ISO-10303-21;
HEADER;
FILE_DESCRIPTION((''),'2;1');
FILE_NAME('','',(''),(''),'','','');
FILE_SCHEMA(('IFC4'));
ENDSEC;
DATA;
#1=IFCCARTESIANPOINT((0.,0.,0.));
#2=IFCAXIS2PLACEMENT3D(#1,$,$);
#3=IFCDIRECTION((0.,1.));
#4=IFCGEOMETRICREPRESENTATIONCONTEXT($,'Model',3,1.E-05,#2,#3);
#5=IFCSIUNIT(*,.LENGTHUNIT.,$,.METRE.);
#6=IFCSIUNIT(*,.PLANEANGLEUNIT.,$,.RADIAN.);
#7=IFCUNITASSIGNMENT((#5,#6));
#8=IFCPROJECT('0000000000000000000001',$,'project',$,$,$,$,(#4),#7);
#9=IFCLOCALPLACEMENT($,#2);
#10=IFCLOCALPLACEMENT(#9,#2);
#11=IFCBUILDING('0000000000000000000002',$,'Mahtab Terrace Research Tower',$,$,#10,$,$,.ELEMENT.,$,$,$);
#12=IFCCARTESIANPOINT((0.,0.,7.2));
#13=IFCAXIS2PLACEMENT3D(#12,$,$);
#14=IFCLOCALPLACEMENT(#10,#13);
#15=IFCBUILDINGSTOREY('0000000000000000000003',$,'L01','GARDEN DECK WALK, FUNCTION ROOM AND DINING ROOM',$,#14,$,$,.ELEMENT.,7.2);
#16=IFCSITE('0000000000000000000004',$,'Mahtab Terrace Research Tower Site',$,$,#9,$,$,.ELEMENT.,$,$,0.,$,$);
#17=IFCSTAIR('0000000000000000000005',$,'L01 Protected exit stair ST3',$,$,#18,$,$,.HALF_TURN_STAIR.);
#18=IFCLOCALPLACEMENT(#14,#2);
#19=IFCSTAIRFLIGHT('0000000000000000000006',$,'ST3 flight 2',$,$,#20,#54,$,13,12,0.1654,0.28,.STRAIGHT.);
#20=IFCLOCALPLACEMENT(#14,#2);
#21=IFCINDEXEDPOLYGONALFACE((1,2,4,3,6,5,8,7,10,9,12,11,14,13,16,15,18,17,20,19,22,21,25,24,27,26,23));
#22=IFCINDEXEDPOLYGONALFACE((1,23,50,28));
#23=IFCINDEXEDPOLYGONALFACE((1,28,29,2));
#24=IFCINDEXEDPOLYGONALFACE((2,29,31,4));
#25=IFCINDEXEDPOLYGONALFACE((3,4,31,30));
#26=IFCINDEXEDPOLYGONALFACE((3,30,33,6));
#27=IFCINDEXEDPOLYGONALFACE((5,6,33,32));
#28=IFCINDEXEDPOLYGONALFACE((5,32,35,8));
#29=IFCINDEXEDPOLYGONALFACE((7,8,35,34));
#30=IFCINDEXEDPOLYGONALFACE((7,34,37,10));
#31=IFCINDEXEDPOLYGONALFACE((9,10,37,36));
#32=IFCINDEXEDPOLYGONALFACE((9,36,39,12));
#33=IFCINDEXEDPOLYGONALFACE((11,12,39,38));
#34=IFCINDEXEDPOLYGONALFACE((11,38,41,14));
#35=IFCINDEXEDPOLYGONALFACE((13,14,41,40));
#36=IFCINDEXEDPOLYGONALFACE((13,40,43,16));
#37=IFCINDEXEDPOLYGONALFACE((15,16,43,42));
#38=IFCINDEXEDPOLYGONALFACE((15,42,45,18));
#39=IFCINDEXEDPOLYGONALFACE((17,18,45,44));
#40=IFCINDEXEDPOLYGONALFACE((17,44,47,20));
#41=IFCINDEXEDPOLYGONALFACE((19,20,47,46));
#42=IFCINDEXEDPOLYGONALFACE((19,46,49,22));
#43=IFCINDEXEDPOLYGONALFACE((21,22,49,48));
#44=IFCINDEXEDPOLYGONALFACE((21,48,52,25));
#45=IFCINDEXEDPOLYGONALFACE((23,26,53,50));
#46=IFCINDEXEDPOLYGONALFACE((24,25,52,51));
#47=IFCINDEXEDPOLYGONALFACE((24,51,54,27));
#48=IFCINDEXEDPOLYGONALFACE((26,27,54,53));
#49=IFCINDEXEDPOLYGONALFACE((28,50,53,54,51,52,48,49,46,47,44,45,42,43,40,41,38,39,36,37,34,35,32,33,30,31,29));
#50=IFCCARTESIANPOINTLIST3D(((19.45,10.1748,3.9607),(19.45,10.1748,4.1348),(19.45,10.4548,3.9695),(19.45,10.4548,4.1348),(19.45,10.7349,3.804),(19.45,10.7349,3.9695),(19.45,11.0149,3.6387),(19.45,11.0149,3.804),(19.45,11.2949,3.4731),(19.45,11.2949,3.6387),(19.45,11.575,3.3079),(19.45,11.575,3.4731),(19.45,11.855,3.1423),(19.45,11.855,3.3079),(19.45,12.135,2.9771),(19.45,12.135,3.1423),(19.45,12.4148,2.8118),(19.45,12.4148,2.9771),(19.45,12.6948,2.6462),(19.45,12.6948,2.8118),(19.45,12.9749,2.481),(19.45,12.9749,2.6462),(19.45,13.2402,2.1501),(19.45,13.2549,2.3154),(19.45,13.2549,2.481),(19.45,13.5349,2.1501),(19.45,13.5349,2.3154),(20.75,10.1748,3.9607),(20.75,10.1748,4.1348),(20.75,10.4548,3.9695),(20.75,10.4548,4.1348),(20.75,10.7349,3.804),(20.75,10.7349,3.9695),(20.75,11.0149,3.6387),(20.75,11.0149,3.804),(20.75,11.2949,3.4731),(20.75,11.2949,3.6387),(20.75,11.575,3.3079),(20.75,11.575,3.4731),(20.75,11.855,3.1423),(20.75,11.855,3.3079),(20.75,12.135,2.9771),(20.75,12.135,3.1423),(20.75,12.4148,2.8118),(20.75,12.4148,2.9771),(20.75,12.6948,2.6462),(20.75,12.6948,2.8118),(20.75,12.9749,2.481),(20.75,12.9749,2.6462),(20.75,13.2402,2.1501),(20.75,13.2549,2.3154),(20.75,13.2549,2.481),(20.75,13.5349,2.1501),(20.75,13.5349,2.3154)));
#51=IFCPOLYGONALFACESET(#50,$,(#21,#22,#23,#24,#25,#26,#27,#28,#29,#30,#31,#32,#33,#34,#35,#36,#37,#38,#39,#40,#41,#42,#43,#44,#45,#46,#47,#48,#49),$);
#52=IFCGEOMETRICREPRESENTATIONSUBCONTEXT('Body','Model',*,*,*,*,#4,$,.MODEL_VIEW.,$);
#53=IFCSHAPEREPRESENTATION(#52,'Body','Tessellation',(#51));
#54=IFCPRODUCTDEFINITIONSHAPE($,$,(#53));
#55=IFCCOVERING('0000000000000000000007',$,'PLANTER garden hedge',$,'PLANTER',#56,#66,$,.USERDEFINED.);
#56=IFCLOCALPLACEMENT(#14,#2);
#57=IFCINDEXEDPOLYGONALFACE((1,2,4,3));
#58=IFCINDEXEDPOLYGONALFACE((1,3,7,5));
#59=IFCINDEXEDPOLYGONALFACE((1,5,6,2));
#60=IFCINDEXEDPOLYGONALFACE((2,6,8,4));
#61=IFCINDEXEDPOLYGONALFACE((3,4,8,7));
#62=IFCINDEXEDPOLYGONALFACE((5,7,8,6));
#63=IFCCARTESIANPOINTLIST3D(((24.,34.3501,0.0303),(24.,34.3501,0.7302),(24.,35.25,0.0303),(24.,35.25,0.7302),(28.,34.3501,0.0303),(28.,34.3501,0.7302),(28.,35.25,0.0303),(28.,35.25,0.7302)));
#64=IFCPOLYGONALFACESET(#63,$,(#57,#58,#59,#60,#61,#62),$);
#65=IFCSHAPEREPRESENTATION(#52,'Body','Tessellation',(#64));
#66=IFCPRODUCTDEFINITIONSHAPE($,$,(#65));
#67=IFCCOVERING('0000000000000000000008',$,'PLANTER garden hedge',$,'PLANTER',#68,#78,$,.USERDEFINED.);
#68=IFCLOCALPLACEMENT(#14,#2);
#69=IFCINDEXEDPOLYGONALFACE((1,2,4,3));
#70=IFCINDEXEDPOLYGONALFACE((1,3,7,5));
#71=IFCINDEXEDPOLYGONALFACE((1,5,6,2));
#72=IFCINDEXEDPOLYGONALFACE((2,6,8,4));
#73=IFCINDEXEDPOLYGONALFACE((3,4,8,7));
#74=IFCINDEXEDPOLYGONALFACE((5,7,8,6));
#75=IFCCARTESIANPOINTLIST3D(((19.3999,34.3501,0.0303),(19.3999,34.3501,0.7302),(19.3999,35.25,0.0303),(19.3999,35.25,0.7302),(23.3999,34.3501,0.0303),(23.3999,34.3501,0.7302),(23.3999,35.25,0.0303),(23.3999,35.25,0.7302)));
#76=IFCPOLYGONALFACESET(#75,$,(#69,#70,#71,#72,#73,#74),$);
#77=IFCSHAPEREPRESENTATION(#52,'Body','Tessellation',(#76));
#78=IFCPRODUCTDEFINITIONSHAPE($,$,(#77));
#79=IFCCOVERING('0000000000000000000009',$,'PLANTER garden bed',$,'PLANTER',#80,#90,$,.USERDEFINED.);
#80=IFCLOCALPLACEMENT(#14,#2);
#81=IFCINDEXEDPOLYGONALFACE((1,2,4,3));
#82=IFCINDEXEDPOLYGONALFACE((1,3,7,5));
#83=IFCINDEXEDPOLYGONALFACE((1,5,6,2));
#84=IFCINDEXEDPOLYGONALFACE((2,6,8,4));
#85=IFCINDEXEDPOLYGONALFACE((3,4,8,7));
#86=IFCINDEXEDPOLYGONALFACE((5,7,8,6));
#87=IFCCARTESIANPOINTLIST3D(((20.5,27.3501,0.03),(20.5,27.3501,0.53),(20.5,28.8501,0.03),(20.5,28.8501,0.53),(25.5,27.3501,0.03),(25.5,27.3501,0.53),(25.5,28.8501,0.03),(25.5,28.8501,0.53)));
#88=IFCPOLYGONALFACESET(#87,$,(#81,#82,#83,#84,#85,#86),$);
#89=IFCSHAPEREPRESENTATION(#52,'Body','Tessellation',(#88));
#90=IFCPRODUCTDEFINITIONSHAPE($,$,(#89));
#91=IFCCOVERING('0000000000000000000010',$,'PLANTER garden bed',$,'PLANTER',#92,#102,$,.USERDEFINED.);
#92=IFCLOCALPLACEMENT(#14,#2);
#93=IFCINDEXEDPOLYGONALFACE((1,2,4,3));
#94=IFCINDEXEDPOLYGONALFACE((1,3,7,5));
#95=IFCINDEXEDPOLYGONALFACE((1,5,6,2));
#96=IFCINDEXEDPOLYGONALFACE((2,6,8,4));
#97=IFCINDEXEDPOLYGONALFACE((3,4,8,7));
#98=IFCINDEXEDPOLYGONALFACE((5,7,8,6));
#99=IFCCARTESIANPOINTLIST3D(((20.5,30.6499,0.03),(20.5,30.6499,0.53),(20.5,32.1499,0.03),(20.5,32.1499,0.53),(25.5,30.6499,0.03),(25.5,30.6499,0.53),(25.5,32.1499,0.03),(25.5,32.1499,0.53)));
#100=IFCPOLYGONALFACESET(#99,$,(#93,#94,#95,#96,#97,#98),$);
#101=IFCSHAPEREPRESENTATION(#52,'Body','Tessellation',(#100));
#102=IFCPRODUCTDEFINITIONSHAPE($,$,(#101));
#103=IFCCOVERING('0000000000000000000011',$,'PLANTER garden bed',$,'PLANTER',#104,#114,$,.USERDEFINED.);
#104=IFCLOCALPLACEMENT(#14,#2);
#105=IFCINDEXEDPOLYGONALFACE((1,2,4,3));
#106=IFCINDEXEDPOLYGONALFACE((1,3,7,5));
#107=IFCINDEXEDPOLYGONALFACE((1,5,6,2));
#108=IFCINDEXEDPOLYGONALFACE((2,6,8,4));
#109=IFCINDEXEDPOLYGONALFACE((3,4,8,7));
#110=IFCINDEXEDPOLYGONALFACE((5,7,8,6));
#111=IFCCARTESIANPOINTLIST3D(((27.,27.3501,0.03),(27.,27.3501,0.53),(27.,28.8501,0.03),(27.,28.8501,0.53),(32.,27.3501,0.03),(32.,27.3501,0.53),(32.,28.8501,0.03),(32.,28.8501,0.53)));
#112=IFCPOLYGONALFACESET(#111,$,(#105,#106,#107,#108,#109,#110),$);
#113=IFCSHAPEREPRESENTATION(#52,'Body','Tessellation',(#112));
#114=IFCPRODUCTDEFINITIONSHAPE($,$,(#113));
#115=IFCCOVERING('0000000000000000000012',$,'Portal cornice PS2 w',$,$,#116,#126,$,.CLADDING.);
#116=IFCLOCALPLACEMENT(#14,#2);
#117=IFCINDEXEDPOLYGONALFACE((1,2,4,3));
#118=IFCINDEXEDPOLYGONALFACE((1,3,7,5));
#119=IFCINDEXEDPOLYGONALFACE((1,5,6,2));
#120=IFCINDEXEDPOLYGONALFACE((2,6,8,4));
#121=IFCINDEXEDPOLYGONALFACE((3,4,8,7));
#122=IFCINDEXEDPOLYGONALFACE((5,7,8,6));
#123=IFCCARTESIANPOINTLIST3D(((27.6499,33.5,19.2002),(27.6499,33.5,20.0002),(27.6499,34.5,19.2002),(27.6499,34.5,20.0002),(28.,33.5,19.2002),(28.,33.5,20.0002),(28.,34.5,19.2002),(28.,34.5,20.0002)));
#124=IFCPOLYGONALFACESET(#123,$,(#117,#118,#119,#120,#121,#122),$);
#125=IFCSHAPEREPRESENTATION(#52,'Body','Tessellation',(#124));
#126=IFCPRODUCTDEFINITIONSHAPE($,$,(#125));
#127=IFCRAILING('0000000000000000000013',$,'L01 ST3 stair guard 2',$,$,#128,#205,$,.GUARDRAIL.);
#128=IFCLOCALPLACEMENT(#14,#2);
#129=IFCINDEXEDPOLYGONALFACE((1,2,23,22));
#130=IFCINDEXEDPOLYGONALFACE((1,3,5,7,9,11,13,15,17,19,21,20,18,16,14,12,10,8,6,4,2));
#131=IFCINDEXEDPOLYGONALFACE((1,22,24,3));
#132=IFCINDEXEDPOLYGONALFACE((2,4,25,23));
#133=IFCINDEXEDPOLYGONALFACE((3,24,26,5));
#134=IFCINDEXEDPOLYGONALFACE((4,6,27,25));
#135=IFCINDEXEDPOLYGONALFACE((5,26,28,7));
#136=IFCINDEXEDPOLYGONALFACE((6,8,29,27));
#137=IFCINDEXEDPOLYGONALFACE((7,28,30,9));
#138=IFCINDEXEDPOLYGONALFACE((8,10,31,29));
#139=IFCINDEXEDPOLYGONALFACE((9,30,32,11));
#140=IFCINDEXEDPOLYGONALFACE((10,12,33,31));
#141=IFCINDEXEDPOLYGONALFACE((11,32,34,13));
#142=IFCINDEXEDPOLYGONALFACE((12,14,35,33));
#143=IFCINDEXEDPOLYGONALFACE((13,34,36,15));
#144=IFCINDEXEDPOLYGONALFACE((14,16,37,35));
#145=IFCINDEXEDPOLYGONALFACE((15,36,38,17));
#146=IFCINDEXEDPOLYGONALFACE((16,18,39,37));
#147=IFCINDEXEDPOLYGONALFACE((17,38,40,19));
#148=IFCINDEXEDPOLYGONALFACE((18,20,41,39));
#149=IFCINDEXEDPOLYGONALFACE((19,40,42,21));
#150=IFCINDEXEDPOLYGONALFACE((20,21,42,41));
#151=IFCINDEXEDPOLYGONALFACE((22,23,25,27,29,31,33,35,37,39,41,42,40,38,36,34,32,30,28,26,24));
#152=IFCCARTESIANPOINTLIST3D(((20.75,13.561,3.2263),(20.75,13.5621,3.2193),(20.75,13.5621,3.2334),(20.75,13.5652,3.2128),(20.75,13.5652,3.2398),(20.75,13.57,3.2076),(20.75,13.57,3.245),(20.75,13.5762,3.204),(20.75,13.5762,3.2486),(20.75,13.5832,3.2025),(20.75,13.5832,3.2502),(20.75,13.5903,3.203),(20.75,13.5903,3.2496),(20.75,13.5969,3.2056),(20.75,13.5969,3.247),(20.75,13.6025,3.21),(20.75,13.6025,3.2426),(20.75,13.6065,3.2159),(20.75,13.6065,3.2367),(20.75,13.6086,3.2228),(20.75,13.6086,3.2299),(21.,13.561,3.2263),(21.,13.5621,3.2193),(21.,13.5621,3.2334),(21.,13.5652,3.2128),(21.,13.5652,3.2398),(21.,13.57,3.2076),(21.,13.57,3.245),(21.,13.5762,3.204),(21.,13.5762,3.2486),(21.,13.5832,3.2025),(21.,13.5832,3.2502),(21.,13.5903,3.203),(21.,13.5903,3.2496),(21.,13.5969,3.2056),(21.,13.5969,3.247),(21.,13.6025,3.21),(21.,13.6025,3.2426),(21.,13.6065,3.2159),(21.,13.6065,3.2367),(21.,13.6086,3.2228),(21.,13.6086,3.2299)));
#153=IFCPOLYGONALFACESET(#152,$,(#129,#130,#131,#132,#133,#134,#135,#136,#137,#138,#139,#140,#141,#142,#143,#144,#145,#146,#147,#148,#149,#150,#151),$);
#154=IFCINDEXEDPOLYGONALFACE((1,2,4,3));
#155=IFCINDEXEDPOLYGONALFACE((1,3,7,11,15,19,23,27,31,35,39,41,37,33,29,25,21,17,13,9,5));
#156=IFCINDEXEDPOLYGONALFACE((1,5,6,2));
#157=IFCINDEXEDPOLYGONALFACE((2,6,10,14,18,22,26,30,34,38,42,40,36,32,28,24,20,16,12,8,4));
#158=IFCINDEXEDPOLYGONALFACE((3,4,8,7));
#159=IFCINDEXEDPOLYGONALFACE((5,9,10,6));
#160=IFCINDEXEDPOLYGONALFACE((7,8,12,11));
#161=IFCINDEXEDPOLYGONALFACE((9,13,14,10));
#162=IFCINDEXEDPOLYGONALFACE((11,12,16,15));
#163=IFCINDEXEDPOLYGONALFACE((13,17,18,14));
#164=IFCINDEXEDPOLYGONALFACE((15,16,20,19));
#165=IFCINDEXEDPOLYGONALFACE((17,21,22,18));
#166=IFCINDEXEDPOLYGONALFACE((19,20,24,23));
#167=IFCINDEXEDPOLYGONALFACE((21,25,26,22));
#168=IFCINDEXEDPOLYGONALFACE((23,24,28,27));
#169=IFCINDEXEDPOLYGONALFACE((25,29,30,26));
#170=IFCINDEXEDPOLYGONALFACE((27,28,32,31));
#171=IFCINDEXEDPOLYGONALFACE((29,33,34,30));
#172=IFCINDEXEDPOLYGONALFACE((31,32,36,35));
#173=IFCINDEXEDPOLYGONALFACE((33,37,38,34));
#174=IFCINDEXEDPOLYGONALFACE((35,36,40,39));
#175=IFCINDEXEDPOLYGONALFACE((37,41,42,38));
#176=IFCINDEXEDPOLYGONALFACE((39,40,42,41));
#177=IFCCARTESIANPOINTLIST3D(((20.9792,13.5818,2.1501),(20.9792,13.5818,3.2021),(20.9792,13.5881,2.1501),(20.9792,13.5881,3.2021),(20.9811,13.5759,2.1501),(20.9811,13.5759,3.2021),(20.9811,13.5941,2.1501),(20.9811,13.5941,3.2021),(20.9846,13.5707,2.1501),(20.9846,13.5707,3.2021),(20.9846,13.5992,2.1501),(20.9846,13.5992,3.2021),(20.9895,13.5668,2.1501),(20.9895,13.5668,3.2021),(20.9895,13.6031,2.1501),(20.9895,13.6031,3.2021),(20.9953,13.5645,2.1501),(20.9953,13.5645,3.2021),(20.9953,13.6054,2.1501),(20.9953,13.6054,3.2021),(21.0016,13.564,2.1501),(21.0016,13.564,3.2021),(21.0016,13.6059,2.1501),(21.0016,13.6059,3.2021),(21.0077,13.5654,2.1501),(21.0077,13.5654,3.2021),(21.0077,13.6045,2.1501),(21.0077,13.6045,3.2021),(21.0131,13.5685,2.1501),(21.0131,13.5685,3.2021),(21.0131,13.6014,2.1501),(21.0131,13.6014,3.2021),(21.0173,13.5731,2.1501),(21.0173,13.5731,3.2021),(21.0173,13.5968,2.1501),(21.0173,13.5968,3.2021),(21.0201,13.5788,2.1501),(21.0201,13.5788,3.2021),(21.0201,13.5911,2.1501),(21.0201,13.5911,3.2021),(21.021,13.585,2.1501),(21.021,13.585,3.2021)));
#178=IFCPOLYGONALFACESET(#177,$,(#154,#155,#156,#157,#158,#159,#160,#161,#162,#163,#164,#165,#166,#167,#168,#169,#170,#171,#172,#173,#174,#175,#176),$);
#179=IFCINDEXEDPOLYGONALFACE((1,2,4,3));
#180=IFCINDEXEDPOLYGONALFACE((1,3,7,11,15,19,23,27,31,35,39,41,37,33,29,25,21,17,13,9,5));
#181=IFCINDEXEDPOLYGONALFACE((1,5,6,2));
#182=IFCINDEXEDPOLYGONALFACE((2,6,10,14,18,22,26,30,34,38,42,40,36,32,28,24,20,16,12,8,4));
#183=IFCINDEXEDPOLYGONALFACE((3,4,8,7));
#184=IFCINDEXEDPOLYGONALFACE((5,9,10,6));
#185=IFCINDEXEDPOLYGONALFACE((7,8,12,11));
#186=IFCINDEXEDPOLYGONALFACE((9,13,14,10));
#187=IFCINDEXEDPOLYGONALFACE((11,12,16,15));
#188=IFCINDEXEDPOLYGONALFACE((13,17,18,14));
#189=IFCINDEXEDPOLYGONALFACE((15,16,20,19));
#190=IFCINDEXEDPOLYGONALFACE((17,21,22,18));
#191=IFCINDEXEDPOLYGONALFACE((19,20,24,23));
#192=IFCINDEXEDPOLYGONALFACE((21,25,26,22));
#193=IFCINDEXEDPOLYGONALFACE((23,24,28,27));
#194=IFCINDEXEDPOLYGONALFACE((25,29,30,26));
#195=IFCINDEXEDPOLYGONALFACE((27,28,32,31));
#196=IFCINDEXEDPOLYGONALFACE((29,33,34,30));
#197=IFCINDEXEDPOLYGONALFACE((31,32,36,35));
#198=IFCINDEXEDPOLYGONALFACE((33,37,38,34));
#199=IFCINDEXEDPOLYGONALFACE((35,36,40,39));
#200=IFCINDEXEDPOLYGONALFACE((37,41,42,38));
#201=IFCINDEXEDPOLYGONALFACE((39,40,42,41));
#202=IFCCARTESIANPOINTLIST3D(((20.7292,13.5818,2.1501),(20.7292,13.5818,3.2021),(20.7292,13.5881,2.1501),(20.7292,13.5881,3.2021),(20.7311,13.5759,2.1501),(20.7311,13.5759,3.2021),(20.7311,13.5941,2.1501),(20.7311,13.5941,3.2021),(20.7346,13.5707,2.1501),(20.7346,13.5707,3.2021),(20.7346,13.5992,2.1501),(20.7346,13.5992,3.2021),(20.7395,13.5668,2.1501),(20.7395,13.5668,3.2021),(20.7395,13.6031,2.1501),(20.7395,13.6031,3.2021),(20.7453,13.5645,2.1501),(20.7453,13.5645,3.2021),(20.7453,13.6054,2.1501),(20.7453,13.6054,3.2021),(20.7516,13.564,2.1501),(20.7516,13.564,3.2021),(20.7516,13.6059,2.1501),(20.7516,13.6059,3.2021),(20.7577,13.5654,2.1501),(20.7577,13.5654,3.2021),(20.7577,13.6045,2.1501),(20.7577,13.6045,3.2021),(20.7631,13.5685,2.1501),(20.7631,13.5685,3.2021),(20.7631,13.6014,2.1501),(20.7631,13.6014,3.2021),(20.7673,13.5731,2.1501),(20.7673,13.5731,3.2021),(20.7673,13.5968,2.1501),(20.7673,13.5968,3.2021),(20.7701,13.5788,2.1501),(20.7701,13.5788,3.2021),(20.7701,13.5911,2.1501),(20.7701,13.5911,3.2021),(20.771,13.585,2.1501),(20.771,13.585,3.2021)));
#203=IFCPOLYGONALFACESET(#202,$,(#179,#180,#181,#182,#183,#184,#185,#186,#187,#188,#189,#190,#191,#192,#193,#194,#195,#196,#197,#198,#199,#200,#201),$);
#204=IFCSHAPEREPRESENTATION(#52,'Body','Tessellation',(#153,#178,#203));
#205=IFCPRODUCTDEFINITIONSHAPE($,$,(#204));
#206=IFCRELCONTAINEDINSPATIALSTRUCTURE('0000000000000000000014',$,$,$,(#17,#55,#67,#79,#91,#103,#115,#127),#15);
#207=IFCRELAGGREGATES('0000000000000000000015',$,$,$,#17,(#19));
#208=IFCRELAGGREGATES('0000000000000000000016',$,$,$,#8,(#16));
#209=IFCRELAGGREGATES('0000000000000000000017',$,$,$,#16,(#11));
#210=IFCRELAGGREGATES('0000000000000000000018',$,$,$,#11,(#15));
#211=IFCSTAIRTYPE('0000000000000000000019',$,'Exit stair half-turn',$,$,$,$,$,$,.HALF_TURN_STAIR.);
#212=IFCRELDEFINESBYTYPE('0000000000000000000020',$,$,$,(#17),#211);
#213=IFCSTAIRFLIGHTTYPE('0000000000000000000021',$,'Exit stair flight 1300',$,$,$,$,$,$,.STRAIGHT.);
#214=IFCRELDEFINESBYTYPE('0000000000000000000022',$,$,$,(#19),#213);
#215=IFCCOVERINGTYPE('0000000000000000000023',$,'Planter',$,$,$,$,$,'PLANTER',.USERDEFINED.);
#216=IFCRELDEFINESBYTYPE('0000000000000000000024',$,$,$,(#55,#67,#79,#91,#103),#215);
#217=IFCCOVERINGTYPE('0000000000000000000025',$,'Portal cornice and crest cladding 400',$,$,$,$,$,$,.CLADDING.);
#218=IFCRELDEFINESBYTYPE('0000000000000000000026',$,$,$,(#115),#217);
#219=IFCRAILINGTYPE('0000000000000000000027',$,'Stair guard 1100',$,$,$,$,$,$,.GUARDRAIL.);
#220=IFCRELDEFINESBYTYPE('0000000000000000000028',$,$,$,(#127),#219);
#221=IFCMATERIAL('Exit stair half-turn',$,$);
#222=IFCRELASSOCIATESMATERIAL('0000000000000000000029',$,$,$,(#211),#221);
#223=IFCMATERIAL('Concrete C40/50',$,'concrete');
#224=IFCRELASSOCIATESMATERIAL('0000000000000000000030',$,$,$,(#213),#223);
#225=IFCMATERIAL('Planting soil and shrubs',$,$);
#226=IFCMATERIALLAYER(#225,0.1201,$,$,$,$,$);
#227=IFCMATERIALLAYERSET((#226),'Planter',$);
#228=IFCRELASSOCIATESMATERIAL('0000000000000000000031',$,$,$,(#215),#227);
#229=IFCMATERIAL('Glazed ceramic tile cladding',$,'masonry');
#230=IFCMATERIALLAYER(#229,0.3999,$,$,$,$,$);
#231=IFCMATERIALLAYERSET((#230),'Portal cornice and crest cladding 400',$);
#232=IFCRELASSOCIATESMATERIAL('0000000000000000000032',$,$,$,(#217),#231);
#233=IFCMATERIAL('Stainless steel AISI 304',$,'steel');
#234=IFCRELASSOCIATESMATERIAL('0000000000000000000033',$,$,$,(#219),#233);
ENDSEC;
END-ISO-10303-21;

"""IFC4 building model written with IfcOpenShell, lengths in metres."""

from ifc_helpers import new_model, si_unit, direction, frame, origin, origin_2d, place, context, subcontext, project, spatial, polyline, rectangle, circle, outline, extrude, material, layer, layer_set, type_object, element, aggregate, save


model = new_model("IFC4")

# Units and contexts
model_context = context("Model", 3, precision=1e-05, world=origin(), true_north=direction((0.0, 1.0)))
body_context = subcontext(model_context, "Body", "Model", "MODEL_VIEW")
ifc_project = project(units=[si_unit("LENGTHUNIT", "METRE"), si_unit("PLANEANGLEUNIT", "RADIAN")], contexts=[model_context])

# Site, building, storey
site_placement = place(None, origin())
site = spatial("IfcSite", under=ifc_project, at=site_placement, Name="Mahtab Terrace Research Tower Site", CompositionType="ELEMENT", RefElevation=0.0)
building_placement = place(site_placement, origin())
building = spatial("IfcBuilding", under=site, at=building_placement, Name="Mahtab Terrace Research Tower", CompositionType="ELEMENT")
storey_placement = place(building_placement, frame((0.0, 0.0, 7.2)))
storey = spatial("IfcBuildingStorey", under=building, at=storey_placement, Name="L01", Description="GARDEN DECK WALK, FUNCTION ROOM AND DINING ROOM", CompositionType="ELEMENT", Elevation=7.2)

# Shared definitions
ifc_material_1 = material(Name="Stainless steel AISI 304", Category="steel")

# Stair, stair flight
ifc_material_2 = material(Name="Exit stair half-turn")
stair_type = type_object("IfcStairType", Name="Exit stair half-turn", PredefinedType="HALF_TURN_STAIR", material=ifc_material_2)
stair_placement = place(storey_placement, origin())
stair = element("IfcStair", 1, at=stair_placement, inside=storey, type_object=stair_type, Name="L01 Protected exit stair ST3", PredefinedType="HALF_TURN_STAIR")
ifc_material_3 = material(Name="Concrete C40/50", Category="concrete")
stair_flight_type = type_object("IfcStairFlightType", Name="Exit stair flight 1300", PredefinedType="STRAIGHT", material=ifc_material_3)
stair_flight_placement = place(storey_placement, frame((20.1001, 13.5349, 2.1501), z_axis=(0.0, 0.0, 1.0), x_axis=(0.0, -1.0, 0.0)))
stair_flight = element("IfcStairFlight", 2, at=stair_flight_placement, type_object=stair_flight_type, Name="ST3 flight 2", NumberOfRisers=13, NumberOfTreads=12, PredefinedType="STRAIGHT", RiserHeight=0.1654, TreadLength=0.28, context=body_context, shape_type="SweptSolid", body=[
    extrude(outline(polyline([(0.0, 0.0), (0.0, 0.1653), (0.28, 0.1653), (0.28, 0.3308), (0.5601, 0.3308), (0.5601, 0.4961), (0.8401, 0.4961), (0.8401, 0.6616), (1.1201, 0.6616), (1.1201, 0.8269), (1.3999, 0.8269), (1.3999, 0.9922), (1.6799, 0.9922), (1.6799, 1.1577), (1.96, 1.1577), (1.96, 1.323), (2.24, 1.323), (2.24, 1.4885), (2.52, 1.4885), (2.52, 1.6538), (2.8, 1.6538), (2.8, 1.8193), (3.0801, 1.8193), (3.0801, 1.9846), (3.3601, 1.9846), (3.3601, 2.1499), (3.3601, 1.8105), (0.2947, 0.0), (0.0, 0.0)])), frame((0.0, 0.6499, 0.0), z_axis=(0.0, -1.0, 0.0), x_axis=(1.0, 0.0, 0.0)), (0.0, 0.0, 1.0), 1.3),
])
aggregate(stair, [stair_flight])

# Coverings
ifc_material_4 = material(Name="Planting soil and shrubs")
ifc_layer_1 = layer(ifc_material_4, 0.1201)
ifc_layer_set_1 = layer_set([ifc_layer_1], Name="Planter")
covering_type_1 = type_object("IfcCoveringType", Name="Planter", ElementType="PLANTER", PredefinedType="USERDEFINED", material=ifc_layer_set_1)
for number, where, z_axis, x_axis, name in (
    (3, (26.0, 34.8, 0.0303), (0.0, 0.0, 1.0), (-1.0, 0.0, 0.0), "PLANTER garden hedge"),
    (4, (21.3999, 34.8, 0.0303), (0.0, 0.0, 1.0), (-1.0, 0.0, 0.0), "PLANTER garden hedge"),
):
    element("IfcCovering", number, at=place(storey_placement, frame(where, z_axis=z_axis, x_axis=x_axis)), inside=storey, type_object=covering_type_1, Name=name, ObjectType="PLANTER", PredefinedType="USERDEFINED", context=body_context, shape_type="SweptSolid", body=[
        extrude(rectangle(XDim=4.0, YDim=0.8999, at=origin_2d()), origin(), (0.0, 0.0, 1.0), 0.7),
    ])
for number, where, z_axis, x_axis, name in (
    (5, (23.0, 28.1001, 0.03), (0.0, 0.0, 1.0), (1.0, 0.0, 0.0), "PLANTER garden bed"),
    (6, (23.0, 31.3999, 0.03), (0.0, 0.0, 1.0), (1.0, 0.0, 0.0), "PLANTER garden bed"),
    (7, (29.5, 28.1001, 0.03), (0.0, 0.0, 1.0), (1.0, 0.0, 0.0), "PLANTER garden bed"),
):
    element("IfcCovering", number, at=place(storey_placement, frame(where, z_axis=z_axis, x_axis=x_axis)), inside=storey, type_object=covering_type_1, Name=name, ObjectType="PLANTER", PredefinedType="USERDEFINED", context=body_context, shape_type="SweptSolid", body=[
        extrude(rectangle(XDim=5.0, YDim=1.5, at=origin_2d()), origin(), (0.0, 0.0, 1.0), 0.5),
    ])
ifc_material_5 = material(Name="Glazed ceramic tile cladding", Category="masonry")
ifc_layer_2 = layer(ifc_material_5, 0.3999)
ifc_layer_set_2 = layer_set([ifc_layer_2], Name="Portal cornice and crest cladding 400")
covering_type_2 = type_object("IfcCoveringType", Name="Portal cornice and crest cladding 400", PredefinedType="CLADDING", material=ifc_layer_set_2)
covering_placement = place(storey_placement, frame((27.825, 34.0, 19.2002), z_axis=(0.0, 0.0, 1.0), x_axis=(1.0, 0.0, 0.0)))
element("IfcCovering", 8, at=covering_placement, inside=storey, type_object=covering_type_2, Name="Portal cornice PS2 w", PredefinedType="CLADDING", context=body_context, shape_type="SweptSolid", body=[
    extrude(rectangle(XDim=0.3501, YDim=1.0, at=origin_2d()), origin(), (0.0, 0.0, 1.0), 0.8),
])

# Railing
railing_type_1 = type_object("IfcRailingType", Name="Stair guard 1100", PredefinedType="GUARDRAIL", material=ifc_material_1)
railing_1_placement = place(storey_placement, frame((21.0, 13.585, 2.1501)))
element("IfcRailing", 9, at=railing_1_placement, inside=storey, type_object=railing_type_1, Name="L01 ST3 stair guard 2", PredefinedType="GUARDRAIL", context=body_context, shape_type="SweptSolid", body=[
    extrude(circle(Radius=0.0239, at=origin_2d()), frame((0.0, 0.0, 1.0762), z_axis=(-1.0, 0.0, 0.0), x_axis=(0.0, -1.0, 0.0)), (0.0, 0.0, 1.0), 0.25),
    extrude(circle(Radius=0.021, at=origin_2d()), origin(), (0.0, 0.0, 1.0), 1.052),
    extrude(circle(Radius=0.021, at=origin_2d()), frame((-0.25, 0.0, 0.0)), (0.0, 0.0, 1.0), 1.052),
])

save(model, "model.ifc")
